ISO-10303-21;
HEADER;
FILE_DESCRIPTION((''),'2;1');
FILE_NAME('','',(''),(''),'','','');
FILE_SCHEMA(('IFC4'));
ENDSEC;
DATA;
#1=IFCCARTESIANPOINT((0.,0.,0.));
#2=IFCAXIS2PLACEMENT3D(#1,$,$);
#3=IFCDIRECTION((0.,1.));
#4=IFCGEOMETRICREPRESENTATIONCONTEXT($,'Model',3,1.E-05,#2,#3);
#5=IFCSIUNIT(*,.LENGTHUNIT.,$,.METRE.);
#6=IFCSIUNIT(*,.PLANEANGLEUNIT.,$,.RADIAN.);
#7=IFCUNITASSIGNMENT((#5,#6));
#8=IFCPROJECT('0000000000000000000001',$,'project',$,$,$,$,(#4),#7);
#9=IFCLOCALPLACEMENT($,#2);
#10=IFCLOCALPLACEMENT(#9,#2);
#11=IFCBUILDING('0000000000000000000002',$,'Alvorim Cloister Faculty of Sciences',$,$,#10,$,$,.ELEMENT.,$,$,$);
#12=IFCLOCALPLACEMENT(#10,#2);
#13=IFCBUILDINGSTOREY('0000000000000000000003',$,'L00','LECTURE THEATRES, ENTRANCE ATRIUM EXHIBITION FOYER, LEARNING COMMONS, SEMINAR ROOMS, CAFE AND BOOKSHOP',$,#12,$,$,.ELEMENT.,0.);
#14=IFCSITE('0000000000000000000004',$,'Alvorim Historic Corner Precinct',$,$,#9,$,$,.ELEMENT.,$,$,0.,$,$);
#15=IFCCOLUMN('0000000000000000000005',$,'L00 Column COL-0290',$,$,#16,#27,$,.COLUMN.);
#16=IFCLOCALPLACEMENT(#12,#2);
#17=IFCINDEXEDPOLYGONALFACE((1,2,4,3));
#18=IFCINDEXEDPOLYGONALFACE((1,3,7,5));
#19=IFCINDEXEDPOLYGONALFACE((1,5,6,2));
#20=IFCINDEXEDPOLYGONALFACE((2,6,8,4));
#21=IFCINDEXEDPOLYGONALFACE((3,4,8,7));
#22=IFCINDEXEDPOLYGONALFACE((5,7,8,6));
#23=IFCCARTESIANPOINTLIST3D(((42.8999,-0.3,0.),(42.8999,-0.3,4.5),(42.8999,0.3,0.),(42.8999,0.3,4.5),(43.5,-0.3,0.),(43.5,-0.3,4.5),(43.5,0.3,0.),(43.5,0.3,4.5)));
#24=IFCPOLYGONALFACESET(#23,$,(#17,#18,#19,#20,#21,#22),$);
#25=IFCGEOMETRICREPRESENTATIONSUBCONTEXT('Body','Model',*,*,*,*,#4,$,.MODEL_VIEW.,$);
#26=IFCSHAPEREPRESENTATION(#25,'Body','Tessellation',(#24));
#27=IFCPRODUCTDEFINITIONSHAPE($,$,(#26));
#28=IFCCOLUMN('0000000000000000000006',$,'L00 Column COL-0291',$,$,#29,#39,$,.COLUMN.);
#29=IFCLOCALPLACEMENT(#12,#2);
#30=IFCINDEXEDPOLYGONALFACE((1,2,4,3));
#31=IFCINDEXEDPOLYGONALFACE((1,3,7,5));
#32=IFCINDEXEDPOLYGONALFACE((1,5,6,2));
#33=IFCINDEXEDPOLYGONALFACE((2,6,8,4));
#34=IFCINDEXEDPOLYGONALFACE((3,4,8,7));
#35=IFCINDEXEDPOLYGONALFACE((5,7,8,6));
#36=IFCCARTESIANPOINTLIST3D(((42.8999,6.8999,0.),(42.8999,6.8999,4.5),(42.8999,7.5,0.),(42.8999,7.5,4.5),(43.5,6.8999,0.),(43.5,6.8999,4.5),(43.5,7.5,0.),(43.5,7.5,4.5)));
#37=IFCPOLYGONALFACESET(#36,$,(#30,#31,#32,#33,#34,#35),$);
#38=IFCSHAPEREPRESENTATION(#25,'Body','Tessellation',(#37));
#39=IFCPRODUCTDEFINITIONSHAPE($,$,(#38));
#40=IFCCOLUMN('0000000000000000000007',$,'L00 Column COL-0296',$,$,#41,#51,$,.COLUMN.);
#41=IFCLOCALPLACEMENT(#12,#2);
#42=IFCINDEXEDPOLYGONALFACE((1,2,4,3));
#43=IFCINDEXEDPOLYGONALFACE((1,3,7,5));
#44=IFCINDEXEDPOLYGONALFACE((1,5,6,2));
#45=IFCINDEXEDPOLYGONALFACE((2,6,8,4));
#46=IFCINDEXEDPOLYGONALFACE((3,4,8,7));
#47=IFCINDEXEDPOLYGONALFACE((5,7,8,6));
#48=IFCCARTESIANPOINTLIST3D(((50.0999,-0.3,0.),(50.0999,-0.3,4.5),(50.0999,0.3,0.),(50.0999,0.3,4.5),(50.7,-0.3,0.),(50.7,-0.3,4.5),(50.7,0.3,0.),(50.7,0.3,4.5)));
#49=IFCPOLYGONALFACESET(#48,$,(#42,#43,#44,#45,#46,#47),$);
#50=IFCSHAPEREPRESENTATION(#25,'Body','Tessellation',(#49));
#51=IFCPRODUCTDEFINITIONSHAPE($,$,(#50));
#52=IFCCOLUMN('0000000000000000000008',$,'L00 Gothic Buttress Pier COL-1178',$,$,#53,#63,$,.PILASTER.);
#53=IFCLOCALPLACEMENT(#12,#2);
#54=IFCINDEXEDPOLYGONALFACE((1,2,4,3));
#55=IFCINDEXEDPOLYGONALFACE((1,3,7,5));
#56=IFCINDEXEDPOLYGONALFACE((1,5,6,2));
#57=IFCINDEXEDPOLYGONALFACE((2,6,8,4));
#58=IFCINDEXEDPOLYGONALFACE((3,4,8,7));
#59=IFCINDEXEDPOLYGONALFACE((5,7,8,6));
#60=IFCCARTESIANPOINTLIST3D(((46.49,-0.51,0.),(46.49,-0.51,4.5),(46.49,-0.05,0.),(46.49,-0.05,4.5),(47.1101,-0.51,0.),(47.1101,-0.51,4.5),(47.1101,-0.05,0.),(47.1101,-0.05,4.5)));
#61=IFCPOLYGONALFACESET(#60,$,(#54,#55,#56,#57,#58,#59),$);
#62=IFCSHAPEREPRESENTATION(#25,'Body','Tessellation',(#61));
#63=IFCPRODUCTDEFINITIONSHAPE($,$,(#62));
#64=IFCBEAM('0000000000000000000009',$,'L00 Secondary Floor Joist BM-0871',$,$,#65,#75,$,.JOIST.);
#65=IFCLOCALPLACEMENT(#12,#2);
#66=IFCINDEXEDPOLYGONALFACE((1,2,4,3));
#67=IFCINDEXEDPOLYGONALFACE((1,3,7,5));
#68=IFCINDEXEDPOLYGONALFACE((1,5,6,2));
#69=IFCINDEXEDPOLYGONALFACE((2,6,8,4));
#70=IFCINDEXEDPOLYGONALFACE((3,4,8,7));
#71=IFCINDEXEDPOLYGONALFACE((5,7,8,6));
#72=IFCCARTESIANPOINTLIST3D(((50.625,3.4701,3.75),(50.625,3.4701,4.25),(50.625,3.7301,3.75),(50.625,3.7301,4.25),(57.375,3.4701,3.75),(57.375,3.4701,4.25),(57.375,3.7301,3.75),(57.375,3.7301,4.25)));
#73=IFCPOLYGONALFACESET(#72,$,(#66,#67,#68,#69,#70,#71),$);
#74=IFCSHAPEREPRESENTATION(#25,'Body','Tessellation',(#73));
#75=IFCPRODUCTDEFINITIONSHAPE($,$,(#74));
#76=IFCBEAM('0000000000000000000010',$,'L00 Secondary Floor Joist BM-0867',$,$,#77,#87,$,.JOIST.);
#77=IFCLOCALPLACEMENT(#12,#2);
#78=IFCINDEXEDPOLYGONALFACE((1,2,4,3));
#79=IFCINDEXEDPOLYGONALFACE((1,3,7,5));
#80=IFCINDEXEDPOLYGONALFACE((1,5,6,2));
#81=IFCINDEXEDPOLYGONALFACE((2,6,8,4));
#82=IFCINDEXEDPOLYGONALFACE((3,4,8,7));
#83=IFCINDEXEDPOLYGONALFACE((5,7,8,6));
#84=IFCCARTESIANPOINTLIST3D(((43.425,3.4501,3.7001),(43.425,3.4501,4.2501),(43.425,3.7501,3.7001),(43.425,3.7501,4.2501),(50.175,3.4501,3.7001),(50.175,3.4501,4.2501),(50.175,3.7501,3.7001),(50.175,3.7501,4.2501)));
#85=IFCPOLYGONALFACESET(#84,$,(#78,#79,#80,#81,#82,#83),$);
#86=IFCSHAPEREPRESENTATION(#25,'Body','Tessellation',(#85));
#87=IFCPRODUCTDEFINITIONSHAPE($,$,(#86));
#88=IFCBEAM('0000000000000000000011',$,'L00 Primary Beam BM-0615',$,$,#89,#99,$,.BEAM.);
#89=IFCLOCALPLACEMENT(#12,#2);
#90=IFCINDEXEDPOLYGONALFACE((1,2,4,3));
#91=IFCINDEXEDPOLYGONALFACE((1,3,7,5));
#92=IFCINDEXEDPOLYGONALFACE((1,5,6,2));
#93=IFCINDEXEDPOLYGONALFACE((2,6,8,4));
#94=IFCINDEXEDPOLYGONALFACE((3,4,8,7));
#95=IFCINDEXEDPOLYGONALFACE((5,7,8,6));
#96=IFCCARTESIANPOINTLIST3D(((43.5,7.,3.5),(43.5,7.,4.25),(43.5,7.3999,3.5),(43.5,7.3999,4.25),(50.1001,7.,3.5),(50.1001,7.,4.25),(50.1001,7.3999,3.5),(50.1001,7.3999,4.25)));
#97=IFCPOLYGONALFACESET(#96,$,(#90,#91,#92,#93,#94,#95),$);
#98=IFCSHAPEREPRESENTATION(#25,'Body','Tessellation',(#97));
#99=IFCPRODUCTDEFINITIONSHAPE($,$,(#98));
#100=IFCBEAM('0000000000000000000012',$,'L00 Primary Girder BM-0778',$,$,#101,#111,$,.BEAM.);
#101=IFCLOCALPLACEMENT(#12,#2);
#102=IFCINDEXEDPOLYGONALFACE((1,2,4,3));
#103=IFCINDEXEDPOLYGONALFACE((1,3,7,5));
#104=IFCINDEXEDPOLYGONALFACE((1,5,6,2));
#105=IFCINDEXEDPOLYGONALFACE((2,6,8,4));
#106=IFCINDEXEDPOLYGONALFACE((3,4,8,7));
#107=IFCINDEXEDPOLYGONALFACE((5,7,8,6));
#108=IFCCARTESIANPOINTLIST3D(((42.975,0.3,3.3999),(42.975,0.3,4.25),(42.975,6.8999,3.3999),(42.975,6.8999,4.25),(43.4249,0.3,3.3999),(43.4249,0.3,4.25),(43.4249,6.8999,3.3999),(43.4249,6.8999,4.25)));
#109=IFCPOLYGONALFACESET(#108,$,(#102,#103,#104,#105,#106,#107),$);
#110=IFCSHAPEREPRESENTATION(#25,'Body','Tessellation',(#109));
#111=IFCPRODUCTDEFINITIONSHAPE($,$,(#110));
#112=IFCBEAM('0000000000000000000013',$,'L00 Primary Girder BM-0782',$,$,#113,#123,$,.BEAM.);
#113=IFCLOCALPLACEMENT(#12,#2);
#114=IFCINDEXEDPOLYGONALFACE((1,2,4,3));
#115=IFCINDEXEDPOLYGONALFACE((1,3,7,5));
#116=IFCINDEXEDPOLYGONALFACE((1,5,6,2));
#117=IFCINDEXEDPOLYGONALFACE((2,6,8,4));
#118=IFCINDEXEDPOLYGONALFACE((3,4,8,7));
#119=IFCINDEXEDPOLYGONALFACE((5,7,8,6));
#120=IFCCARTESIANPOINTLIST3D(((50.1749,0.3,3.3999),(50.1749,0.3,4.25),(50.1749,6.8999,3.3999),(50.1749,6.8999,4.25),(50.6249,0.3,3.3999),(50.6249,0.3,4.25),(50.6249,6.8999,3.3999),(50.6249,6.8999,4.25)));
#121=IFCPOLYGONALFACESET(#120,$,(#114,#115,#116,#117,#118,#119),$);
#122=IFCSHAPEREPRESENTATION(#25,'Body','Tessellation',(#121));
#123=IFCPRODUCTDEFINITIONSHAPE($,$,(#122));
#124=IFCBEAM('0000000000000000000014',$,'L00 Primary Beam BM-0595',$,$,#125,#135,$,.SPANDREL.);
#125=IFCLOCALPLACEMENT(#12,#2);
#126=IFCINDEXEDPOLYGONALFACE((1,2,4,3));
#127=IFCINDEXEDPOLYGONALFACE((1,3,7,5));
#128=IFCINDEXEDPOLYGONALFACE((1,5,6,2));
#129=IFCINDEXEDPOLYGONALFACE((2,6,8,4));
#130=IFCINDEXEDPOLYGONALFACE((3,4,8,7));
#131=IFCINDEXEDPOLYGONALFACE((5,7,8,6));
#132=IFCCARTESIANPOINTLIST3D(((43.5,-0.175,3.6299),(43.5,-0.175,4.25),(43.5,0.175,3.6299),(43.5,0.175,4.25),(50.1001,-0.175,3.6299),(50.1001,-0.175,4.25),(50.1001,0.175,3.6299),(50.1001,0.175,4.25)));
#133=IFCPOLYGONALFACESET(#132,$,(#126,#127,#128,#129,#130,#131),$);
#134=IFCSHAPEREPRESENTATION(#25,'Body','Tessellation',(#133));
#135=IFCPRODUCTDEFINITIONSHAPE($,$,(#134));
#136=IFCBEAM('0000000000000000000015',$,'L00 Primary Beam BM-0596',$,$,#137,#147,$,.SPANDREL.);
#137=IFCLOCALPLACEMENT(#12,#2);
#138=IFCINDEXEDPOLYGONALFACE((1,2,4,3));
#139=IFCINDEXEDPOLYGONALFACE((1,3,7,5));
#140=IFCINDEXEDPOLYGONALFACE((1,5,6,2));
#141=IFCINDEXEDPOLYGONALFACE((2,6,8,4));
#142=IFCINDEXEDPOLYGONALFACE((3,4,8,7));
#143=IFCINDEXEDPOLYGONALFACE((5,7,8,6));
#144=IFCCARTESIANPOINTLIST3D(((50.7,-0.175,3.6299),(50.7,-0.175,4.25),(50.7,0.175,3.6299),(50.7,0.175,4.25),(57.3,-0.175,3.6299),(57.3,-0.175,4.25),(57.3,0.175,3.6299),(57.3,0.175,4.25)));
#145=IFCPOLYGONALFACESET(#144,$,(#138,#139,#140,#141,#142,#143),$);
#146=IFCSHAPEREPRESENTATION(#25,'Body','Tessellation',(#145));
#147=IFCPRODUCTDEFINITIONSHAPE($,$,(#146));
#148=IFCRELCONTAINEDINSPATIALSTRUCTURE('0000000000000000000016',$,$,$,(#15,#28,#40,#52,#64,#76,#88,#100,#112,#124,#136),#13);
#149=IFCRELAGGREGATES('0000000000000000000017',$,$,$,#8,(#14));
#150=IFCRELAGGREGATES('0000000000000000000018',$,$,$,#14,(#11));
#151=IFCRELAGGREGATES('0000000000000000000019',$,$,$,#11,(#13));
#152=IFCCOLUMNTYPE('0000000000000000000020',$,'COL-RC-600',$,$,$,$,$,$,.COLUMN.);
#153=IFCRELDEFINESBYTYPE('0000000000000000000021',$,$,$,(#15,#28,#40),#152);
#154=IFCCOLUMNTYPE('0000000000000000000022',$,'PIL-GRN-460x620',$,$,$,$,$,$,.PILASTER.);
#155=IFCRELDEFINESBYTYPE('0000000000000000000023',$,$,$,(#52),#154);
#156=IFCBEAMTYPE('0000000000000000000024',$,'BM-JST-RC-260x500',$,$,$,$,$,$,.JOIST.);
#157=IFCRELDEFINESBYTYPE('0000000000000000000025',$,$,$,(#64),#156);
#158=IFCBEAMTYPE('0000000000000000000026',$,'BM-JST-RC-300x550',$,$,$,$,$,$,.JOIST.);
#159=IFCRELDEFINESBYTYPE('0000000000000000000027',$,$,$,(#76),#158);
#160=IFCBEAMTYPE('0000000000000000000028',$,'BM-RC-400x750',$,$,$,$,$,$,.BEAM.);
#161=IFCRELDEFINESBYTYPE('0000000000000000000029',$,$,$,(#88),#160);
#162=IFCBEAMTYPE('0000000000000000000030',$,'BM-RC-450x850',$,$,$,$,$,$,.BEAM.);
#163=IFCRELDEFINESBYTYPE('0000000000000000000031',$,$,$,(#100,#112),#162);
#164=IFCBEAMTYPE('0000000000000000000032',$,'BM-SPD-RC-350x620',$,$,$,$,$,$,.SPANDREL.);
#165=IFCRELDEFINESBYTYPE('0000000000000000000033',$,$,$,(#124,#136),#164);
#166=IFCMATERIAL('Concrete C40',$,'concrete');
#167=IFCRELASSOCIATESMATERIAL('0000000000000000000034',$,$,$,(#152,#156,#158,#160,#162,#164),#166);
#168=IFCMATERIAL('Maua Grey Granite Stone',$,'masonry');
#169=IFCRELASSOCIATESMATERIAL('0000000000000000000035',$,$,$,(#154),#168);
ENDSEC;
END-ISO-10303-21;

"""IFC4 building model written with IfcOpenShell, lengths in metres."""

from ifc_helpers import new_model, si_unit, direction, frame, origin, origin_2d, place, context, subcontext, project, spatial, rectangle, extrude, material, material_profile, profile_set, type_object, element, save


model = new_model("IFC4")

# Units and contexts
model_context = context("Model", 3, precision=1e-05, world=origin(), true_north=direction((0.0, 1.0)))
body_context = subcontext(model_context, "Body", "Model", "MODEL_VIEW")
ifc_project = project(units=[si_unit("LENGTHUNIT", "METRE"), si_unit("PLANEANGLEUNIT", "RADIAN")], contexts=[model_context])

# Site, building, storey
site_placement = place(None, origin())
site = spatial("IfcSite", under=ifc_project, at=site_placement, Name="Alvorim Historic Corner Precinct", CompositionType="ELEMENT", RefElevation=0.0)
building_placement = place(site_placement, origin())
building = spatial("IfcBuilding", under=site, at=building_placement, Name="Alvorim Cloister Faculty of Sciences", CompositionType="ELEMENT")
storey_placement = place(building_placement, origin())
storey = spatial("IfcBuildingStorey", under=building, at=storey_placement, Name="L00", Description="LECTURE THEATRES, ENTRANCE ATRIUM EXHIBITION FOYER, LEARNING COMMONS, SEMINAR ROOMS, CAFE AND BOOKSHOP", CompositionType="ELEMENT", Elevation=0.0)

# Columns
ifc_material_1 = material(Name="Concrete C40", Category="concrete")
ifc_material_profile_1 = material_profile(ifc_material_1, rectangle(XDim=0.6001, YDim=0.6001, at=origin_2d()), Name="RC40-COL-600x600")
ifc_profile_set_1 = profile_set([ifc_material_profile_1], Name="Concrete C40")
column_type_1 = type_object("IfcColumnType", Name="COL-RC-600", PredefinedType="COLUMN", material=ifc_profile_set_1)
for number, where, z_axis, x_axis, name in (
    (1, (43.2, 0.0, 0.0), (0.0, 0.0, 1.0), (1.0, 0.0, 0.0), "L00 Column COL-0290"),
    (2, (43.2, 7.2, 0.0), (0.0, 0.0, 1.0), (1.0, 0.0, 0.0), "L00 Column COL-0291"),
    (3, (50.3999, 0.0, 0.0), (0.0, 0.0, 1.0), (1.0, 0.0, 0.0), "L00 Column COL-0296"),
):
    element("IfcColumn", number, at=place(storey_placement, frame(where, z_axis=z_axis, x_axis=x_axis)), inside=storey, type_object=column_type_1, Name=name, PredefinedType="COLUMN", context=body_context, shape_type="SweptSolid", body=[
        extrude(rectangle(XDim=0.6001, YDim=0.6001, at=origin_2d()), origin(), (0.0, 0.0, 1.0), 4.5),
    ])
ifc_material_2 = material(Name="Maua Grey Granite Stone", Category="masonry")
ifc_material_profile_2 = material_profile(ifc_material_2, rectangle(XDim=0.46, YDim=0.6201, at=origin_2d()), Name="GRN-PIER-460x620")
ifc_profile_set_2 = profile_set([ifc_material_profile_2], Name="Maua Grey Granite Stone")
column_type_2 = type_object("IfcColumnType", Name="PIL-GRN-460x620", PredefinedType="PILASTER", material=ifc_profile_set_2)
column_placement = place(storey_placement, frame((46.8, -0.28, 0.0), z_axis=(0.0, 0.0, 1.0), x_axis=(0.0, 1.0, 0.0)))
element("IfcColumn", 4, at=column_placement, inside=storey, type_object=column_type_2, Name="L00 Gothic Buttress Pier COL-1178", PredefinedType="PILASTER", context=body_context, shape_type="SweptSolid", body=[
    extrude(rectangle(XDim=0.46, YDim=0.6201, at=origin_2d()), origin(), (0.0, 0.0, 1.0), 4.5),
])

# Beams
ifc_material_profile_3 = material_profile(ifc_material_1, rectangle(XDim=0.26, YDim=0.5, at=origin_2d()), Name="RC40-JST-260x500")
ifc_profile_set_3 = profile_set([ifc_material_profile_3], Name="Concrete C40")
beam_type_1 = type_object("IfcBeamType", Name="BM-JST-RC-260x500", PredefinedType="JOIST", material=ifc_profile_set_3)
beam_1_placement = place(storey_placement, frame((50.625, 3.6001, 4.0), z_axis=(1.0, 0.0, 0.0), x_axis=(0.0, 1.0, 0.0)))
element("IfcBeam", 5, at=beam_1_placement, inside=storey, type_object=beam_type_1, Name="L00 Secondary Floor Joist BM-0871", PredefinedType="JOIST", context=body_context, shape_type="SweptSolid", body=[
    extrude(rectangle(XDim=0.26, YDim=0.5, at=origin_2d()), origin(), (0.0, 0.0, 1.0), 6.75),
])
ifc_material_profile_4 = material_profile(ifc_material_1, rectangle(XDim=0.3, YDim=0.55, at=origin_2d()), Name="RC40-JST-300x550")
ifc_profile_set_4 = profile_set([ifc_material_profile_4], Name="Concrete C40")
beam_type_2 = type_object("IfcBeamType", Name="BM-JST-RC-300x550", PredefinedType="JOIST", material=ifc_profile_set_4)
beam_2_placement = place(storey_placement, frame((43.425, 3.6001, 3.9751), z_axis=(1.0, 0.0, 0.0), x_axis=(0.0, 1.0, 0.0)))
element("IfcBeam", 6, at=beam_2_placement, inside=storey, type_object=beam_type_2, Name="L00 Secondary Floor Joist BM-0867", PredefinedType="JOIST", context=body_context, shape_type="SweptSolid", body=[
    extrude(rectangle(XDim=0.3, YDim=0.55, at=origin_2d()), origin(), (0.0, 0.0, 1.0), 6.75),
])
ifc_material_profile_5 = material_profile(ifc_material_1, rectangle(XDim=0.3999, YDim=0.75, at=origin_2d()), Name="RC40-BM-400x750")
ifc_profile_set_5 = profile_set([ifc_material_profile_5], Name="Concrete C40")
beam_type_3 = type_object("IfcBeamType", Name="BM-RC-400x750", PredefinedType="BEAM", material=ifc_profile_set_5)
beam_3_placement = place(storey_placement, frame((43.5, 7.2, 3.875), z_axis=(1.0, 0.0, 0.0), x_axis=(0.0, 1.0, 0.0)))
element("IfcBeam", 7, at=beam_3_placement, inside=storey, type_object=beam_type_3, Name="L00 Primary Beam BM-0615", PredefinedType="BEAM", context=body_context, shape_type="SweptSolid", body=[
    extrude(rectangle(XDim=0.3999, YDim=0.75, at=origin_2d()), origin(), (0.0, 0.0, 1.0), 6.6001),
])
ifc_material_profile_6 = material_profile(ifc_material_1, rectangle(XDim=0.45, YDim=0.8501, at=origin_2d()), Name="RC40-BM-450x850")
ifc_profile_set_6 = profile_set([ifc_material_profile_6], Name="Concrete C40")
beam_type_4 = type_object("IfcBeamType", Name="BM-RC-450x850", PredefinedType="BEAM", material=ifc_profile_set_6)
for number, where, z_axis, x_axis, name in (
    (8, (43.2, 0.3, 3.825), (0.0, 1.0, 0.0), (-1.0, 0.0, 0.0), "L00 Primary Girder BM-0778"),
    (9, (50.3999, 0.3, 3.825), (0.0, 1.0, 0.0), (-1.0, 0.0, 0.0), "L00 Primary Girder BM-0782"),
):
    element("IfcBeam", number, at=place(storey_placement, frame(where, z_axis=z_axis, x_axis=x_axis)), inside=storey, type_object=beam_type_4, Name=name, PredefinedType="BEAM", context=body_context, shape_type="SweptSolid", body=[
        extrude(rectangle(XDim=0.45, YDim=0.8501, at=origin_2d()), origin(), (0.0, 0.0, 1.0), 6.5999),
    ])
ifc_material_profile_7 = material_profile(ifc_material_1, rectangle(XDim=0.3501, YDim=0.6201, at=origin_2d()), Name="RC40-SPD-350x620")
ifc_profile_set_7 = profile_set([ifc_material_profile_7], Name="Concrete C40")
beam_type_5 = type_object("IfcBeamType", Name="BM-SPD-RC-350x620", PredefinedType="SPANDREL", material=ifc_profile_set_7)
for number, where, z_axis, x_axis, name in (
    (10, (43.5, 0.0, 3.9399), (1.0, 0.0, 0.0), (0.0, 1.0, 0.0), "L00 Primary Beam BM-0595"),
    (11, (50.7, 0.0, 3.9399), (1.0, 0.0, 0.0), (0.0, 1.0, 0.0), "L00 Primary Beam BM-0596"),
):
    element("IfcBeam", number, at=place(storey_placement, frame(where, z_axis=z_axis, x_axis=x_axis)), inside=storey, type_object=beam_type_5, Name=name, PredefinedType="SPANDREL", context=body_context, shape_type="SweptSolid", body=[
        extrude(rectangle(XDim=0.3501, YDim=0.6201, at=origin_2d()), origin(), (0.0, 0.0, 1.0), 6.6001),
    ])

save(model, "model.ifc")
